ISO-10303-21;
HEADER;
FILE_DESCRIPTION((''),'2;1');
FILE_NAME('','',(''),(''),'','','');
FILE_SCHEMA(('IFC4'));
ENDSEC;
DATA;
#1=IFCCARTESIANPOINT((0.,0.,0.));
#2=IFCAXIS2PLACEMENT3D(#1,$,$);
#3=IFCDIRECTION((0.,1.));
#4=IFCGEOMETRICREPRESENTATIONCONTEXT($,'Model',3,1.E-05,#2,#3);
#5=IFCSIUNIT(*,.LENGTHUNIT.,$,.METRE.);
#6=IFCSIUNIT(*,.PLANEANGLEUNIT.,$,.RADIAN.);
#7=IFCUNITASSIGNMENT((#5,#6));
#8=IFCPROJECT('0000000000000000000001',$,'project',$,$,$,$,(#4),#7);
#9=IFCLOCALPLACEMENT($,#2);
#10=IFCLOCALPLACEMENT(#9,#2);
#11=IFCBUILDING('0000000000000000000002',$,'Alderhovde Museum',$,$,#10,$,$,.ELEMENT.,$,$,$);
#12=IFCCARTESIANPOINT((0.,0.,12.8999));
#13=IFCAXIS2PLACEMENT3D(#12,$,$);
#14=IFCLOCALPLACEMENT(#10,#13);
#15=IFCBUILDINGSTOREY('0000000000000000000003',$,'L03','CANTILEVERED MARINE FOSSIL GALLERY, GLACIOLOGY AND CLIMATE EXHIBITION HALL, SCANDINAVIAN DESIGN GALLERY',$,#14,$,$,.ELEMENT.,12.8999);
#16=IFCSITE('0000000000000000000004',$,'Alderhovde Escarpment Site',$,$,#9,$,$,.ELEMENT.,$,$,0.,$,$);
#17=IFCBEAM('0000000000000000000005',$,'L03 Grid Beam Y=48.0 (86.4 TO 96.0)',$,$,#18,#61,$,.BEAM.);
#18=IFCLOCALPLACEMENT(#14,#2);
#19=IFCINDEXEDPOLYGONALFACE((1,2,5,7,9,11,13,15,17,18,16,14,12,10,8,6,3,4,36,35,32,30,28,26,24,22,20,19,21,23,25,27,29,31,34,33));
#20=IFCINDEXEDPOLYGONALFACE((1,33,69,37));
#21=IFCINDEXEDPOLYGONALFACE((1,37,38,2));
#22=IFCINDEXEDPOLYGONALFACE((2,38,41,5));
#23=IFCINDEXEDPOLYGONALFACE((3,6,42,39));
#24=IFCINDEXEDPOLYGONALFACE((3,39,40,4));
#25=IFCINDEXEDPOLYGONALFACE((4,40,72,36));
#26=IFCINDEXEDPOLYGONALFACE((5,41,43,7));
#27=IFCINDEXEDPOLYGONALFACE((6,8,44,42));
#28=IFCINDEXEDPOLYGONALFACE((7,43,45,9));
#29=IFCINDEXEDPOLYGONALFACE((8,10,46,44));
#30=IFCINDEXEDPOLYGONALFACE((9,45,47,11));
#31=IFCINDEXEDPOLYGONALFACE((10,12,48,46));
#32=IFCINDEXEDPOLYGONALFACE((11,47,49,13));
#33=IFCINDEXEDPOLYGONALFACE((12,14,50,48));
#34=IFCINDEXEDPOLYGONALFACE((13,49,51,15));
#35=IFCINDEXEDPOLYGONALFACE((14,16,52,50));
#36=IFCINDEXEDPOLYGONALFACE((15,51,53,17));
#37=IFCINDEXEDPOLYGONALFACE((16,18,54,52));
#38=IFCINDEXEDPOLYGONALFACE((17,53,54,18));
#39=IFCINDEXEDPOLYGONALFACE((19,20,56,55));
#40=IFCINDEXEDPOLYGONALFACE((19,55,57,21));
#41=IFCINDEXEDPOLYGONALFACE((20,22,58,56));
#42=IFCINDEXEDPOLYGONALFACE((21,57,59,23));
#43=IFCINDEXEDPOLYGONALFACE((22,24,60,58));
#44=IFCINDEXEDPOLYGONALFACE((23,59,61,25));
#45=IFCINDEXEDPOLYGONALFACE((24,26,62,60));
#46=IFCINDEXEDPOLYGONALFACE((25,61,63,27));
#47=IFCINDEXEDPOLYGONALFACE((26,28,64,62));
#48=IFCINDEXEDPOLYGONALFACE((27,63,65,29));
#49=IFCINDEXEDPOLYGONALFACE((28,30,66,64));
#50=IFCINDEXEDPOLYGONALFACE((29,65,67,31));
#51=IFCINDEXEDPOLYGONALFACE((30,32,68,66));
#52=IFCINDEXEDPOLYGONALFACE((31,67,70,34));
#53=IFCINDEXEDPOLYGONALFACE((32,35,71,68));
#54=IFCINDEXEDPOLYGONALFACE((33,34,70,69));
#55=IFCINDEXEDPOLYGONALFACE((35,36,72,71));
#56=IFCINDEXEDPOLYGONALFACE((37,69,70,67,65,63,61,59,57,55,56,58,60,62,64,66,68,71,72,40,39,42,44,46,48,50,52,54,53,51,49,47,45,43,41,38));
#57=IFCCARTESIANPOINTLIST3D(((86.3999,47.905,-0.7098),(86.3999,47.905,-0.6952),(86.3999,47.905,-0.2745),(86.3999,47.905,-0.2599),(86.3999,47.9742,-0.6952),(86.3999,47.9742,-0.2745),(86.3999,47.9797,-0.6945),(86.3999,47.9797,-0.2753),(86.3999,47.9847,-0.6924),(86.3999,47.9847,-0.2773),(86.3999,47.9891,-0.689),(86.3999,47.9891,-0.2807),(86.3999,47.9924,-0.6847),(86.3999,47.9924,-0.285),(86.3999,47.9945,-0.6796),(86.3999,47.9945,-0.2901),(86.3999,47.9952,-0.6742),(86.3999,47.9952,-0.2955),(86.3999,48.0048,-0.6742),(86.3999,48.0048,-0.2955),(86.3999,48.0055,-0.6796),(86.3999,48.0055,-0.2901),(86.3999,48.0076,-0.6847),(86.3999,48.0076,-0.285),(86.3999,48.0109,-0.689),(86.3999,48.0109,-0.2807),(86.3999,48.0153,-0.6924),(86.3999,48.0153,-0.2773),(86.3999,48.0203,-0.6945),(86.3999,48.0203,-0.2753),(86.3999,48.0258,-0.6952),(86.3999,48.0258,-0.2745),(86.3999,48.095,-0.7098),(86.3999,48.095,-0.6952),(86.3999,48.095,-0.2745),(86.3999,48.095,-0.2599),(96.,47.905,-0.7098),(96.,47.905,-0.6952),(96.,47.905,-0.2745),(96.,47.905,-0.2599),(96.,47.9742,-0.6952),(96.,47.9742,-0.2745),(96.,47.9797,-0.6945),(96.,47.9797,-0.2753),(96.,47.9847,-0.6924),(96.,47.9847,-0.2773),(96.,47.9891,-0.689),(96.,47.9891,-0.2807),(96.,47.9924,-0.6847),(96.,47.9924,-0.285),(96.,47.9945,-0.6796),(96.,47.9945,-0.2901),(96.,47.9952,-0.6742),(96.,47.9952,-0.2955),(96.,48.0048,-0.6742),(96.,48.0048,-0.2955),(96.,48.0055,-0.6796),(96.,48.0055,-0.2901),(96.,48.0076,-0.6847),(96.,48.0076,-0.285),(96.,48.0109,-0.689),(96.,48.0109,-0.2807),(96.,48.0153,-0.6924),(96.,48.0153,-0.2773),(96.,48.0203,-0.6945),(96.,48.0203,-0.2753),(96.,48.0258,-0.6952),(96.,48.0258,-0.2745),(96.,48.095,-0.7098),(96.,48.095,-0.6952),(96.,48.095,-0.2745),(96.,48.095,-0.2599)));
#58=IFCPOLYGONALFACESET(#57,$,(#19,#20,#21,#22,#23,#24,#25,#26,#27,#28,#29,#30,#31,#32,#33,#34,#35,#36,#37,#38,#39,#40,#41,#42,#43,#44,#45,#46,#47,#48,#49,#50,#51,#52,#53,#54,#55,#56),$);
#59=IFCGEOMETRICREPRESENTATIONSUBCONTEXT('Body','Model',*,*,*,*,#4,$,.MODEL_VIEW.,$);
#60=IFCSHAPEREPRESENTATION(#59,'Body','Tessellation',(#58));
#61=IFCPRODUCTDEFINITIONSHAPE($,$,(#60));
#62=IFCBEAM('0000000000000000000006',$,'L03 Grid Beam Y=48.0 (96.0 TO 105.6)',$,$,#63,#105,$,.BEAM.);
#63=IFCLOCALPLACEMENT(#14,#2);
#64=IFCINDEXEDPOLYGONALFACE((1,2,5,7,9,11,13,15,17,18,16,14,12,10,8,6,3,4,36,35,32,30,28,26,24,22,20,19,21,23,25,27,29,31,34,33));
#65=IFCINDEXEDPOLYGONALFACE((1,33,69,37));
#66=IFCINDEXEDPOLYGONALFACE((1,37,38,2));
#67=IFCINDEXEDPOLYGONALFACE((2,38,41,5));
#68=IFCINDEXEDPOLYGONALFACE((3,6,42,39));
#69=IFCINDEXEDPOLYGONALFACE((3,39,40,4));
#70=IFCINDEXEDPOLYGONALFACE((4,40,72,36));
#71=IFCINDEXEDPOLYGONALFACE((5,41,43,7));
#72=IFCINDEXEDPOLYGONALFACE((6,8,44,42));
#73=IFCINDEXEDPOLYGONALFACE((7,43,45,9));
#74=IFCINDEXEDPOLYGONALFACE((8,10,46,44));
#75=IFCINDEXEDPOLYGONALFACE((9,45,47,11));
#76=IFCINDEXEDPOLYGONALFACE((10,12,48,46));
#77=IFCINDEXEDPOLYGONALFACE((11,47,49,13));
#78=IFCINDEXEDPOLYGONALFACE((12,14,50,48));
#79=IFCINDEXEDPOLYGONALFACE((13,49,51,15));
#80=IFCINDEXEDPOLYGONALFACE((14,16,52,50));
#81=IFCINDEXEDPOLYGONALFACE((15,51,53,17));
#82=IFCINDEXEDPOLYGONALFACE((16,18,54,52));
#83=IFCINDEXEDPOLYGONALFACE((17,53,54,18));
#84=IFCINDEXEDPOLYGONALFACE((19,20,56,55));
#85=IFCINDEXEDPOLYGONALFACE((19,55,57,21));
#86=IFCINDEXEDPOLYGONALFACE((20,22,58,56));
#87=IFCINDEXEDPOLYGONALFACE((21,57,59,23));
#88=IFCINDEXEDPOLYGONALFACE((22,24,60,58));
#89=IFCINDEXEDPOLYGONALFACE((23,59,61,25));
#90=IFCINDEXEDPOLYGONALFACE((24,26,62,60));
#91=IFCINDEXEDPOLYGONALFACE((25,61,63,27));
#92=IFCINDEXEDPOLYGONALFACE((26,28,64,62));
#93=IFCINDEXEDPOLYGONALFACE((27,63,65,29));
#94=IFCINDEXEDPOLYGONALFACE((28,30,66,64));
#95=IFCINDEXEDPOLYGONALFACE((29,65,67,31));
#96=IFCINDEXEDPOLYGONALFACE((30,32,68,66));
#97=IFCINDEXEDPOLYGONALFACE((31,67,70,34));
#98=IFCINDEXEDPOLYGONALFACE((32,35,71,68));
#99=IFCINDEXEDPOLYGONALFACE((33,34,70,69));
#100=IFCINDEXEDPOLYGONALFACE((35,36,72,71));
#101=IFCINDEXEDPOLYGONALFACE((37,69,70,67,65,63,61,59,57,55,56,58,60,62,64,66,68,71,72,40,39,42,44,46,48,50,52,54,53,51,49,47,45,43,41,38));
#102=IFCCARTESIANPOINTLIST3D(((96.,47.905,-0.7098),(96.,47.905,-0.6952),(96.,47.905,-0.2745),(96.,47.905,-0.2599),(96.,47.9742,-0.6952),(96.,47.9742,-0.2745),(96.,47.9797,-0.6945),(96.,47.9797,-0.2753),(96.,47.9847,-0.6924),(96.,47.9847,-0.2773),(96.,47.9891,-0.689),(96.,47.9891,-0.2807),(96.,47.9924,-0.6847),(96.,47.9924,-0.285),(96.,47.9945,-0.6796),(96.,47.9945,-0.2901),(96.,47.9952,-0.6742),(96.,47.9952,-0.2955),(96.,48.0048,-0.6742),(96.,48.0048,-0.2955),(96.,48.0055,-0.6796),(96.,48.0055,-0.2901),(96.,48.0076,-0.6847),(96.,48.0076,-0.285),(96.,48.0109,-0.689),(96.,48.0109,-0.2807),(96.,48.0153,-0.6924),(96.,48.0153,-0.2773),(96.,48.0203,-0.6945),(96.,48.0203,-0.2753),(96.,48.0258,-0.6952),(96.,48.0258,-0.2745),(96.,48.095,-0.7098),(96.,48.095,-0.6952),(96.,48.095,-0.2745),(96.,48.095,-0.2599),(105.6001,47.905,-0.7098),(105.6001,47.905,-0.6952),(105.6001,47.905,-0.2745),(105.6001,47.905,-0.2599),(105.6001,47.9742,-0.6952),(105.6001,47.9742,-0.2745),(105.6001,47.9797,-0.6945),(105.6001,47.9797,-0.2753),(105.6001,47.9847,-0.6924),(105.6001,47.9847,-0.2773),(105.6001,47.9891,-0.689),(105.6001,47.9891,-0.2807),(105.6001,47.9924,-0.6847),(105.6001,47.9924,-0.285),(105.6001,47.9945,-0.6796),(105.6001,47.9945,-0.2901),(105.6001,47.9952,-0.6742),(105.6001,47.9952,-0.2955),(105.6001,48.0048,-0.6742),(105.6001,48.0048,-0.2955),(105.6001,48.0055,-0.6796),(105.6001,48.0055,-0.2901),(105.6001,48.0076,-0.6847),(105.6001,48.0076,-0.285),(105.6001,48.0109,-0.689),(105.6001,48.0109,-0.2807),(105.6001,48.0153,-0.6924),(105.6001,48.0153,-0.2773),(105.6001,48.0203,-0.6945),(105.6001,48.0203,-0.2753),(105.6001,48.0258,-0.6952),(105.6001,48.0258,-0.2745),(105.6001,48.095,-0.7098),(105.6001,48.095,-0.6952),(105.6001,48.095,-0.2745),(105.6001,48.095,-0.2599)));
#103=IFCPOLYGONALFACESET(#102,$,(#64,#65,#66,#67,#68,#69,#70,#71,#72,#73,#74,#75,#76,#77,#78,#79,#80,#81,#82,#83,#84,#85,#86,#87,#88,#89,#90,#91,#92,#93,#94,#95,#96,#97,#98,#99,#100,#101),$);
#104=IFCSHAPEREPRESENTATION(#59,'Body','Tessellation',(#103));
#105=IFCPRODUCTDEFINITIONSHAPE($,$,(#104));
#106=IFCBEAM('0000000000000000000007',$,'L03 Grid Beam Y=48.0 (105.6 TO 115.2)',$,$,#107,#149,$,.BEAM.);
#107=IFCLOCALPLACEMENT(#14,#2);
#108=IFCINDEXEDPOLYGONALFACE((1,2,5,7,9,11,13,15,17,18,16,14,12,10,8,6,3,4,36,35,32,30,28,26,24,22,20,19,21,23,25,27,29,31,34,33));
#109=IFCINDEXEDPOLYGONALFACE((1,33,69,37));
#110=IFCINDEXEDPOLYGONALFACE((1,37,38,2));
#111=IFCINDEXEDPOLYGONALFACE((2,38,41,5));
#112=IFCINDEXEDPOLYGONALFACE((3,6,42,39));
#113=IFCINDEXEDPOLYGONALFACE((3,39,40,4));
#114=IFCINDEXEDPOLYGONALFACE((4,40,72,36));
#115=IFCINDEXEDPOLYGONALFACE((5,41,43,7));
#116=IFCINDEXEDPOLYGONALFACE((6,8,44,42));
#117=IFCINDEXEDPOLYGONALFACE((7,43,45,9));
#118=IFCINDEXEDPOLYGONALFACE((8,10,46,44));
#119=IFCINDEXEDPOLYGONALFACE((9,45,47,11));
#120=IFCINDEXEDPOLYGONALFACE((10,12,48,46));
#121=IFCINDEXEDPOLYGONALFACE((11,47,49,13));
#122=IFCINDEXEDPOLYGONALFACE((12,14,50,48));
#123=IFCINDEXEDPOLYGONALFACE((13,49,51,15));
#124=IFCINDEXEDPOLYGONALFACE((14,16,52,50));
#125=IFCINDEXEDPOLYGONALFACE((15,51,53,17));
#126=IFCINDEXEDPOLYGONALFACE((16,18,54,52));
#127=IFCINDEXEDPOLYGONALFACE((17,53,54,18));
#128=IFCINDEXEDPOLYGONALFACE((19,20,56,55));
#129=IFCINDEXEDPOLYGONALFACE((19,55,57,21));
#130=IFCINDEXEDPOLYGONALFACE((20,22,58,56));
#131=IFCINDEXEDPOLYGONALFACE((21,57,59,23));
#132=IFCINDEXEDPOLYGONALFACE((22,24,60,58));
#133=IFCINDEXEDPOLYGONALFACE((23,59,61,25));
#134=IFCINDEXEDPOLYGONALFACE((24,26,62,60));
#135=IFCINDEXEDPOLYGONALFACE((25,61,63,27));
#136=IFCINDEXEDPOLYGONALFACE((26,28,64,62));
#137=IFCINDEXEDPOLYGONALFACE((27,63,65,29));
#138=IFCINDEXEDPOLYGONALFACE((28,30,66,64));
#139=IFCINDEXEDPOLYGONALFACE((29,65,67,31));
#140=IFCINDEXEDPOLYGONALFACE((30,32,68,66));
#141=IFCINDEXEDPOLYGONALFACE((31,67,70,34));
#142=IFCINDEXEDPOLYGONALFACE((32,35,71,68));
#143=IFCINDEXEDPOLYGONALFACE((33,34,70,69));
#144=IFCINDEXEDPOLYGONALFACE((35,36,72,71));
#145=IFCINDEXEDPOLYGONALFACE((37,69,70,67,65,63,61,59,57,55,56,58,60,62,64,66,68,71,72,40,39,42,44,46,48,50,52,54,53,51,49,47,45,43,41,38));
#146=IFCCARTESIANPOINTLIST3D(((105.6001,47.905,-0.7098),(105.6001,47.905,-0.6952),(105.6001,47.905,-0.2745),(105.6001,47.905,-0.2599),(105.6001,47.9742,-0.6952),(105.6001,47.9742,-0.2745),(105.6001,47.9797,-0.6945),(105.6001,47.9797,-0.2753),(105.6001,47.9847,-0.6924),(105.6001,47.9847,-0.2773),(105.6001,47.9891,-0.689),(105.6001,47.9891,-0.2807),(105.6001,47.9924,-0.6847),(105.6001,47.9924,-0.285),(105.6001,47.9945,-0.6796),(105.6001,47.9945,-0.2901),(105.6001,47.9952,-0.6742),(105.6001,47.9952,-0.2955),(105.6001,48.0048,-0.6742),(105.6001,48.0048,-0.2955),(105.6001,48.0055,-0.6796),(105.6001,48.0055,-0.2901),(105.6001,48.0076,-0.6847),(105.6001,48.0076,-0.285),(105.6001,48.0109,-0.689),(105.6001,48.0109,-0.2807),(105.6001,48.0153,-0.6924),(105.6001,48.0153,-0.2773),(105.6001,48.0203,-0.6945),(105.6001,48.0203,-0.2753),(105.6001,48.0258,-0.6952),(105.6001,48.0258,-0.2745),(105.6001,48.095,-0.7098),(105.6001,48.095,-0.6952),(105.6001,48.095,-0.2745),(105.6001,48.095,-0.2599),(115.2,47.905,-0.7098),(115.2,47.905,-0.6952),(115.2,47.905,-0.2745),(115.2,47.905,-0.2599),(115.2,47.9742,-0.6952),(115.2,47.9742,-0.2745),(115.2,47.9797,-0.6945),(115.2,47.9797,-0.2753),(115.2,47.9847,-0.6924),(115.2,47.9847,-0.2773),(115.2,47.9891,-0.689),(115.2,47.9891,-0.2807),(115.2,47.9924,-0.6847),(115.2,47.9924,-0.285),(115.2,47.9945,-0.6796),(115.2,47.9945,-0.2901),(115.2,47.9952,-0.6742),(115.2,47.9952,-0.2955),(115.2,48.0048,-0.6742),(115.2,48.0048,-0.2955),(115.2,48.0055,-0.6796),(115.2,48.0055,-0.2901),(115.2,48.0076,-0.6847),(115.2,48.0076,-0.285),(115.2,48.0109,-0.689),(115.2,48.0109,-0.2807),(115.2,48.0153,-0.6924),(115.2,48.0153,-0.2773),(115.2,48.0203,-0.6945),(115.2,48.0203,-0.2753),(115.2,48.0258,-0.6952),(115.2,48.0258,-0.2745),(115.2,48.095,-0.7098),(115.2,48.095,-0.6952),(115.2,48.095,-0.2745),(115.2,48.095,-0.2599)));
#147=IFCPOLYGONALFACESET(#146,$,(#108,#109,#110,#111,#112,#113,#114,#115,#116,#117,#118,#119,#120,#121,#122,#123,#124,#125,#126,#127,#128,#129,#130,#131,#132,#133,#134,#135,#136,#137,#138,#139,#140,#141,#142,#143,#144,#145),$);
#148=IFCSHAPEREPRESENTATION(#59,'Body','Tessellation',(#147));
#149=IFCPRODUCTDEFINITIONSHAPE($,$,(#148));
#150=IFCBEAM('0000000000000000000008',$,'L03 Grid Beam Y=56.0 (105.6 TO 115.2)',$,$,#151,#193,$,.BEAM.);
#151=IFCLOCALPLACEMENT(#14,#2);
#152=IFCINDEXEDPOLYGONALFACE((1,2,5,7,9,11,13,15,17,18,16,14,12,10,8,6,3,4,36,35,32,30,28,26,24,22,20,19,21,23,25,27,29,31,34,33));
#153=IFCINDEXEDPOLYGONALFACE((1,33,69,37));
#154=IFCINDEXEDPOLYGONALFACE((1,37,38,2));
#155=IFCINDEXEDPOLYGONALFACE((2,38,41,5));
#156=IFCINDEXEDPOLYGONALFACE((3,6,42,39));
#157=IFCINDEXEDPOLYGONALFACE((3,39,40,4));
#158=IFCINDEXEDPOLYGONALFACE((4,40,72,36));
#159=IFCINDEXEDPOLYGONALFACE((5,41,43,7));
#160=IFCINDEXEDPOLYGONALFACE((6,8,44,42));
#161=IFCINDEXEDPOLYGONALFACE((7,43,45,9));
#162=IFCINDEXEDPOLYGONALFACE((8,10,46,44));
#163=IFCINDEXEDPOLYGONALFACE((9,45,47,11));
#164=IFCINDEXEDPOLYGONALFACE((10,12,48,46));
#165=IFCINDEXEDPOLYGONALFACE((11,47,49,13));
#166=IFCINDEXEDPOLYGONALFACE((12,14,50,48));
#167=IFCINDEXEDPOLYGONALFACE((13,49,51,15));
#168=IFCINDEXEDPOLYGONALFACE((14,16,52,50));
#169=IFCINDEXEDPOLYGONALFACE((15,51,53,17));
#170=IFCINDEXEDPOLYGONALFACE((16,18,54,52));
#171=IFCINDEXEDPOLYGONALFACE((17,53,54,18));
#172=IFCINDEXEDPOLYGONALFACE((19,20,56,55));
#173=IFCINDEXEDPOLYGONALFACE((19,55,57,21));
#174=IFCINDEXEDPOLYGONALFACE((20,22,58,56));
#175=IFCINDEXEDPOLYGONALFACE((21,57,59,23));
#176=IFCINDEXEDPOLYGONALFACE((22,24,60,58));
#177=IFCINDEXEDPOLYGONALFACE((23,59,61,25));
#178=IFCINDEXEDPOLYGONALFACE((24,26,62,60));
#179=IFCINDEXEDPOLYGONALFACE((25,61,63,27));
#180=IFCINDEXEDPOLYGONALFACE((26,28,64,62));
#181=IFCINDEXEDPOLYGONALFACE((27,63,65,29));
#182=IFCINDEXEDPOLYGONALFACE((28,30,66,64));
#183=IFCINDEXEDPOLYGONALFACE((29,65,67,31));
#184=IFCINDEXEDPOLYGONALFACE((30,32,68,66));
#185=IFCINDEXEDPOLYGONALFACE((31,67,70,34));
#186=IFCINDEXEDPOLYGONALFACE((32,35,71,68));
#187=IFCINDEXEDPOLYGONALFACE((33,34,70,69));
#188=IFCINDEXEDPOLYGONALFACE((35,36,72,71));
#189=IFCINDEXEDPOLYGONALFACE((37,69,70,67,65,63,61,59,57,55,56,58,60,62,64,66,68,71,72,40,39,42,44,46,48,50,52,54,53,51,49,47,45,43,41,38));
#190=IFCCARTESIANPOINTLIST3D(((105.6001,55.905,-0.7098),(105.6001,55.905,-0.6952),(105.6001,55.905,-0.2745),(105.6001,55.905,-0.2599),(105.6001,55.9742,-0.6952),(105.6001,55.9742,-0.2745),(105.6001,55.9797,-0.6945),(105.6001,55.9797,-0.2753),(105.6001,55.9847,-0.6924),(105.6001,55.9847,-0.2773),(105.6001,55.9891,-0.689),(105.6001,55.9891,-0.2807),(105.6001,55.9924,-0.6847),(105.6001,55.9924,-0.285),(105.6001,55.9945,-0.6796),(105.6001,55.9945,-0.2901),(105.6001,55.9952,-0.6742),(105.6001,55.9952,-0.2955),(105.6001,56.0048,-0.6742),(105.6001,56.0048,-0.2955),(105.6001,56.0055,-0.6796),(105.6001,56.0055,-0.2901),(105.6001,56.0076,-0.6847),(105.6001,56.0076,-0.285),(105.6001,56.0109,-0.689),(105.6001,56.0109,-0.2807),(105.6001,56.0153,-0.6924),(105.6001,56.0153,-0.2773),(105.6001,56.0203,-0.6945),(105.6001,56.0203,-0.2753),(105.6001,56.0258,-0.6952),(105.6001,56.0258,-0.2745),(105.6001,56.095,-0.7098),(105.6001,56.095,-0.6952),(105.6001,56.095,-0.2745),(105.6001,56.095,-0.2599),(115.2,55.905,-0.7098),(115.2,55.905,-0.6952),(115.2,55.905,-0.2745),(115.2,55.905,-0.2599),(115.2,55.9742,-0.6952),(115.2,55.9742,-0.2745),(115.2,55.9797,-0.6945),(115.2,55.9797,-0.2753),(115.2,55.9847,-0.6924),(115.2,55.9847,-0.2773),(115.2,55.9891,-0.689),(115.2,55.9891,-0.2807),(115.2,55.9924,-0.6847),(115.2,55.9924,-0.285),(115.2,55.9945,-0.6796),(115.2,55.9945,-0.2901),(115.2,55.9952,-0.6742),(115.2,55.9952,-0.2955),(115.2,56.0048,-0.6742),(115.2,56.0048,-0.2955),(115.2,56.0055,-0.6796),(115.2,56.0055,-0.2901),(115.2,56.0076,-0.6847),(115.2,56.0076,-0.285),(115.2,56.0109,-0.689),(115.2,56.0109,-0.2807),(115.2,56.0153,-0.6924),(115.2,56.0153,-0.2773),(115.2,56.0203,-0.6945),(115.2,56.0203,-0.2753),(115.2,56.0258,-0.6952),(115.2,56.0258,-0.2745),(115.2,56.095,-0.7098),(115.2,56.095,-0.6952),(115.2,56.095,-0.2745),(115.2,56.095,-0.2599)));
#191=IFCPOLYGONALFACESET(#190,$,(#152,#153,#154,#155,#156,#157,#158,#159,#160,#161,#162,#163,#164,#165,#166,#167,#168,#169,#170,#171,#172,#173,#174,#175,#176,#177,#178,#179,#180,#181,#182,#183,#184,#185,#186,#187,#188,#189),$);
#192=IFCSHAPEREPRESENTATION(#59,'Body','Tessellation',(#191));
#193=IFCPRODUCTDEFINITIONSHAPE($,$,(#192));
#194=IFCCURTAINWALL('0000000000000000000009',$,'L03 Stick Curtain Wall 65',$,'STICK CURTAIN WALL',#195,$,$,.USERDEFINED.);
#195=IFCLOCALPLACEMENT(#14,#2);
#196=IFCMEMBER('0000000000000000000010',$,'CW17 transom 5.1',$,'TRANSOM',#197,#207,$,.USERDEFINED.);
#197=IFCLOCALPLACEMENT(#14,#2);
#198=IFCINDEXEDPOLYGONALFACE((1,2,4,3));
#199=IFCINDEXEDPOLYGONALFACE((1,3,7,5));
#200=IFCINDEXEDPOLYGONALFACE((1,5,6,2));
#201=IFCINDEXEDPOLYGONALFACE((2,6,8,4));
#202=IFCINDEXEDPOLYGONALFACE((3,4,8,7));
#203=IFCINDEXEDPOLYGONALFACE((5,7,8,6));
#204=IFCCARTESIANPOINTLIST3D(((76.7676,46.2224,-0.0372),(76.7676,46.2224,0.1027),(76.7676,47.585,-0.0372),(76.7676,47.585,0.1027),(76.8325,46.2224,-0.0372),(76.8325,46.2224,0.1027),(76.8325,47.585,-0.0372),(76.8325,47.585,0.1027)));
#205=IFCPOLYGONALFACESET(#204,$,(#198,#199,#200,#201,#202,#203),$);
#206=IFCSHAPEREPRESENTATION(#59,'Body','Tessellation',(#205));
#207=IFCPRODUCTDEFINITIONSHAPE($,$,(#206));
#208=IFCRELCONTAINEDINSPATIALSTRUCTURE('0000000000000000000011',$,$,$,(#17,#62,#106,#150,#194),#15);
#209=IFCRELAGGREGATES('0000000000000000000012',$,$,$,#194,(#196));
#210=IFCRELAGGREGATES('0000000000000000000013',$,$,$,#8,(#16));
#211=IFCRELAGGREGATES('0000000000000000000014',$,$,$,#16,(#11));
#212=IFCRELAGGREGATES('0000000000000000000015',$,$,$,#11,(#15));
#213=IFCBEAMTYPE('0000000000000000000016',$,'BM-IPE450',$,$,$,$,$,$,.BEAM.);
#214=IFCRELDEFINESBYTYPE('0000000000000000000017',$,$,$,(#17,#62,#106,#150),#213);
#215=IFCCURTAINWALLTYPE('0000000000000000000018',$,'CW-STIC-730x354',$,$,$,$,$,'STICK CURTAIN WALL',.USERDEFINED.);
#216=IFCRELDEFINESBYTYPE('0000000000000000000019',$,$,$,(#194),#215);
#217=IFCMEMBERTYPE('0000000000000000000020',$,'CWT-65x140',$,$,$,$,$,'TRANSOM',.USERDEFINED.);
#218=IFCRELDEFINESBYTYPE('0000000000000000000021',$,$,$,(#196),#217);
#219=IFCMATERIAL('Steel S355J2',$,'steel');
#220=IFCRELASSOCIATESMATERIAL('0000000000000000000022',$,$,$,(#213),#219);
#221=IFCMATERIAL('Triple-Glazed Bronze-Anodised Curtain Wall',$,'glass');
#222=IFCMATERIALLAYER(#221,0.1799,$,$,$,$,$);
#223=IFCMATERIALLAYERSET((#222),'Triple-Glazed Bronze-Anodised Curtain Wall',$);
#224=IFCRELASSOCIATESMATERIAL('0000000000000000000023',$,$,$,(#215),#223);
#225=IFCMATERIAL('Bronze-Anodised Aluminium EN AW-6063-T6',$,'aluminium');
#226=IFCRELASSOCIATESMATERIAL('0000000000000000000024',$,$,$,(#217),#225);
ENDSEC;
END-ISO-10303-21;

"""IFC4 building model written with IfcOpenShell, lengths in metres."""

from ifc_helpers import new_model, si_unit, direction, frame, origin, origin_2d, place, context, subcontext, project, spatial, rectangle, i_section, extrude, material, layer, layer_set, material_profile, profile_set, type_object, element, aggregate, save


model = new_model("IFC4")

# Units and contexts
model_context = context("Model", 3, precision=1e-05, world=origin(), true_north=direction((0.0, 1.0)))
body_context = subcontext(model_context, "Body", "Model", "MODEL_VIEW")
ifc_project = project(units=[si_unit("LENGTHUNIT", "METRE"), si_unit("PLANEANGLEUNIT", "RADIAN")], contexts=[model_context])

# Site, building, storey
site_placement = place(None, origin())
site = spatial("IfcSite", under=ifc_project, at=site_placement, Name="Alderhovde Escarpment Site", CompositionType="ELEMENT", RefElevation=0.0)
building_placement = place(site_placement, origin())
building = spatial("IfcBuilding", under=site, at=building_placement, Name="Alderhovde Museum", CompositionType="ELEMENT")
storey_placement = place(building_placement, frame((0.0, 0.0, 12.8999)))
storey = spatial("IfcBuildingStorey", under=building, at=storey_placement, Name="L03", Description="CANTILEVERED MARINE FOSSIL GALLERY, GLACIOLOGY AND CLIMATE EXHIBITION HALL, SCANDINAVIAN DESIGN GALLERY", CompositionType="ELEMENT", Elevation=12.8999)

# Beams
ifc_material_1 = material(Name="Steel S355J2", Category="steel")
ifc_material_profile_1 = material_profile(ifc_material_1, i_section(OverallWidth=0.1899, OverallDepth=0.45, WebThickness=0.0095, FlangeThickness=0.0146, FilletRadius=0.021, at=origin_2d()), Name="IPE 450")
ifc_profile_set_1 = profile_set([ifc_material_profile_1], Name="Steel S355J2")
beam_type_1 = type_object("IfcBeamType", Name="BM-IPE450", PredefinedType="BEAM", material=ifc_profile_set_1)
for number, where, z_axis, x_axis, name in (
    (1, (86.3999, 48.0, -0.4849), (1.0, 0.0, 0.0), (0.0, 1.0, 0.0), "L03 Grid Beam Y=48.0 (86.4 TO 96.0)"),
    (2, (96.0, 48.0, -0.4849), (1.0, 0.0, 0.0), (0.0, 1.0, 0.0), "L03 Grid Beam Y=48.0 (96.0 TO 105.6)"),
):
    element("IfcBeam", number, at=place(storey_placement, frame(where, z_axis=z_axis, x_axis=x_axis)), inside=storey, type_object=beam_type_1, Name=name, PredefinedType="BEAM", context=body_context, shape_type="SweptSolid", body=[
        extrude(i_section(OverallWidth=0.1899, OverallDepth=0.45, WebThickness=0.0095, FlangeThickness=0.0146, FilletRadius=0.021, at=origin_2d()), origin(), (0.0, 0.0, 1.0), 9.6001),
    ])
for number, where, z_axis, x_axis, name in (
    (3, (105.6001, 48.0, -0.4849), (1.0, 0.0, 0.0), (0.0, 1.0, 0.0), "L03 Grid Beam Y=48.0 (105.6 TO 115.2)"),
    (4, (105.6001, 56.0, -0.4849), (1.0, 0.0, 0.0), (0.0, 1.0, 0.0), "L03 Grid Beam Y=56.0 (105.6 TO 115.2)"),
):
    element("IfcBeam", number, at=place(storey_placement, frame(where, z_axis=z_axis, x_axis=x_axis)), inside=storey, type_object=beam_type_1, Name=name, PredefinedType="BEAM", context=body_context, shape_type="SweptSolid", body=[
        extrude(i_section(OverallWidth=0.1899, OverallDepth=0.45, WebThickness=0.0095, FlangeThickness=0.0146, FilletRadius=0.021, at=origin_2d()), origin(), (0.0, 0.0, 1.0), 9.5999),
    ])

# Curtain wall, member
ifc_material_2 = material(Name="Triple-Glazed Bronze-Anodised Curtain Wall", Category="glass")
ifc_layer_1 = layer(ifc_material_2, 0.1799)
ifc_layer_set_1 = layer_set([ifc_layer_1], Name="Triple-Glazed Bronze-Anodised Curtain Wall")
curtain_wall_type = type_object("IfcCurtainWallType", Name="CW-STIC-730x354", ElementType="STICK CURTAIN WALL", PredefinedType="USERDEFINED", material=ifc_layer_set_1)
curtain_wall_placement = place(storey_placement, origin())
curtain_wall = element("IfcCurtainWall", 5, at=curtain_wall_placement, inside=storey, type_object=curtain_wall_type, Name="L03 Stick Curtain Wall 65", ObjectType="STICK CURTAIN WALL", PredefinedType="USERDEFINED")
ifc_material_3 = material(Name="Bronze-Anodised Aluminium EN AW-6063-T6", Category="aluminium")
ifc_material_profile_2 = material_profile(ifc_material_3, rectangle(XDim=0.0649, YDim=0.1399, at=origin_2d()), Name="TRANSOM 65x140")
ifc_profile_set_2 = profile_set([ifc_material_profile_2], Name="Bronze-Anodised Aluminium EN AW-6063-T6")
member_type = type_object("IfcMemberType", Name="CWT-65x140", ElementType="TRANSOM", PredefinedType="USERDEFINED", material=ifc_profile_set_2)
member_1_placement = place(storey_placement, frame((76.8, 46.2224, 0.0327), z_axis=(0.0, 1.0, 0.0), x_axis=(-1.0, 0.0, 0.0)))
member_1 = element("IfcMember", 6, at=member_1_placement, type_object=member_type, Name="CW17 transom 5.1", ObjectType="TRANSOM", PredefinedType="USERDEFINED", context=body_context, shape_type="SweptSolid", body=[
    extrude(rectangle(XDim=0.0649, YDim=0.1399, at=origin_2d()), origin(), (0.0, 0.0, 1.0), 1.3625),
])

aggregate(curtain_wall, [member_1])

save(model, "model.ifc")
